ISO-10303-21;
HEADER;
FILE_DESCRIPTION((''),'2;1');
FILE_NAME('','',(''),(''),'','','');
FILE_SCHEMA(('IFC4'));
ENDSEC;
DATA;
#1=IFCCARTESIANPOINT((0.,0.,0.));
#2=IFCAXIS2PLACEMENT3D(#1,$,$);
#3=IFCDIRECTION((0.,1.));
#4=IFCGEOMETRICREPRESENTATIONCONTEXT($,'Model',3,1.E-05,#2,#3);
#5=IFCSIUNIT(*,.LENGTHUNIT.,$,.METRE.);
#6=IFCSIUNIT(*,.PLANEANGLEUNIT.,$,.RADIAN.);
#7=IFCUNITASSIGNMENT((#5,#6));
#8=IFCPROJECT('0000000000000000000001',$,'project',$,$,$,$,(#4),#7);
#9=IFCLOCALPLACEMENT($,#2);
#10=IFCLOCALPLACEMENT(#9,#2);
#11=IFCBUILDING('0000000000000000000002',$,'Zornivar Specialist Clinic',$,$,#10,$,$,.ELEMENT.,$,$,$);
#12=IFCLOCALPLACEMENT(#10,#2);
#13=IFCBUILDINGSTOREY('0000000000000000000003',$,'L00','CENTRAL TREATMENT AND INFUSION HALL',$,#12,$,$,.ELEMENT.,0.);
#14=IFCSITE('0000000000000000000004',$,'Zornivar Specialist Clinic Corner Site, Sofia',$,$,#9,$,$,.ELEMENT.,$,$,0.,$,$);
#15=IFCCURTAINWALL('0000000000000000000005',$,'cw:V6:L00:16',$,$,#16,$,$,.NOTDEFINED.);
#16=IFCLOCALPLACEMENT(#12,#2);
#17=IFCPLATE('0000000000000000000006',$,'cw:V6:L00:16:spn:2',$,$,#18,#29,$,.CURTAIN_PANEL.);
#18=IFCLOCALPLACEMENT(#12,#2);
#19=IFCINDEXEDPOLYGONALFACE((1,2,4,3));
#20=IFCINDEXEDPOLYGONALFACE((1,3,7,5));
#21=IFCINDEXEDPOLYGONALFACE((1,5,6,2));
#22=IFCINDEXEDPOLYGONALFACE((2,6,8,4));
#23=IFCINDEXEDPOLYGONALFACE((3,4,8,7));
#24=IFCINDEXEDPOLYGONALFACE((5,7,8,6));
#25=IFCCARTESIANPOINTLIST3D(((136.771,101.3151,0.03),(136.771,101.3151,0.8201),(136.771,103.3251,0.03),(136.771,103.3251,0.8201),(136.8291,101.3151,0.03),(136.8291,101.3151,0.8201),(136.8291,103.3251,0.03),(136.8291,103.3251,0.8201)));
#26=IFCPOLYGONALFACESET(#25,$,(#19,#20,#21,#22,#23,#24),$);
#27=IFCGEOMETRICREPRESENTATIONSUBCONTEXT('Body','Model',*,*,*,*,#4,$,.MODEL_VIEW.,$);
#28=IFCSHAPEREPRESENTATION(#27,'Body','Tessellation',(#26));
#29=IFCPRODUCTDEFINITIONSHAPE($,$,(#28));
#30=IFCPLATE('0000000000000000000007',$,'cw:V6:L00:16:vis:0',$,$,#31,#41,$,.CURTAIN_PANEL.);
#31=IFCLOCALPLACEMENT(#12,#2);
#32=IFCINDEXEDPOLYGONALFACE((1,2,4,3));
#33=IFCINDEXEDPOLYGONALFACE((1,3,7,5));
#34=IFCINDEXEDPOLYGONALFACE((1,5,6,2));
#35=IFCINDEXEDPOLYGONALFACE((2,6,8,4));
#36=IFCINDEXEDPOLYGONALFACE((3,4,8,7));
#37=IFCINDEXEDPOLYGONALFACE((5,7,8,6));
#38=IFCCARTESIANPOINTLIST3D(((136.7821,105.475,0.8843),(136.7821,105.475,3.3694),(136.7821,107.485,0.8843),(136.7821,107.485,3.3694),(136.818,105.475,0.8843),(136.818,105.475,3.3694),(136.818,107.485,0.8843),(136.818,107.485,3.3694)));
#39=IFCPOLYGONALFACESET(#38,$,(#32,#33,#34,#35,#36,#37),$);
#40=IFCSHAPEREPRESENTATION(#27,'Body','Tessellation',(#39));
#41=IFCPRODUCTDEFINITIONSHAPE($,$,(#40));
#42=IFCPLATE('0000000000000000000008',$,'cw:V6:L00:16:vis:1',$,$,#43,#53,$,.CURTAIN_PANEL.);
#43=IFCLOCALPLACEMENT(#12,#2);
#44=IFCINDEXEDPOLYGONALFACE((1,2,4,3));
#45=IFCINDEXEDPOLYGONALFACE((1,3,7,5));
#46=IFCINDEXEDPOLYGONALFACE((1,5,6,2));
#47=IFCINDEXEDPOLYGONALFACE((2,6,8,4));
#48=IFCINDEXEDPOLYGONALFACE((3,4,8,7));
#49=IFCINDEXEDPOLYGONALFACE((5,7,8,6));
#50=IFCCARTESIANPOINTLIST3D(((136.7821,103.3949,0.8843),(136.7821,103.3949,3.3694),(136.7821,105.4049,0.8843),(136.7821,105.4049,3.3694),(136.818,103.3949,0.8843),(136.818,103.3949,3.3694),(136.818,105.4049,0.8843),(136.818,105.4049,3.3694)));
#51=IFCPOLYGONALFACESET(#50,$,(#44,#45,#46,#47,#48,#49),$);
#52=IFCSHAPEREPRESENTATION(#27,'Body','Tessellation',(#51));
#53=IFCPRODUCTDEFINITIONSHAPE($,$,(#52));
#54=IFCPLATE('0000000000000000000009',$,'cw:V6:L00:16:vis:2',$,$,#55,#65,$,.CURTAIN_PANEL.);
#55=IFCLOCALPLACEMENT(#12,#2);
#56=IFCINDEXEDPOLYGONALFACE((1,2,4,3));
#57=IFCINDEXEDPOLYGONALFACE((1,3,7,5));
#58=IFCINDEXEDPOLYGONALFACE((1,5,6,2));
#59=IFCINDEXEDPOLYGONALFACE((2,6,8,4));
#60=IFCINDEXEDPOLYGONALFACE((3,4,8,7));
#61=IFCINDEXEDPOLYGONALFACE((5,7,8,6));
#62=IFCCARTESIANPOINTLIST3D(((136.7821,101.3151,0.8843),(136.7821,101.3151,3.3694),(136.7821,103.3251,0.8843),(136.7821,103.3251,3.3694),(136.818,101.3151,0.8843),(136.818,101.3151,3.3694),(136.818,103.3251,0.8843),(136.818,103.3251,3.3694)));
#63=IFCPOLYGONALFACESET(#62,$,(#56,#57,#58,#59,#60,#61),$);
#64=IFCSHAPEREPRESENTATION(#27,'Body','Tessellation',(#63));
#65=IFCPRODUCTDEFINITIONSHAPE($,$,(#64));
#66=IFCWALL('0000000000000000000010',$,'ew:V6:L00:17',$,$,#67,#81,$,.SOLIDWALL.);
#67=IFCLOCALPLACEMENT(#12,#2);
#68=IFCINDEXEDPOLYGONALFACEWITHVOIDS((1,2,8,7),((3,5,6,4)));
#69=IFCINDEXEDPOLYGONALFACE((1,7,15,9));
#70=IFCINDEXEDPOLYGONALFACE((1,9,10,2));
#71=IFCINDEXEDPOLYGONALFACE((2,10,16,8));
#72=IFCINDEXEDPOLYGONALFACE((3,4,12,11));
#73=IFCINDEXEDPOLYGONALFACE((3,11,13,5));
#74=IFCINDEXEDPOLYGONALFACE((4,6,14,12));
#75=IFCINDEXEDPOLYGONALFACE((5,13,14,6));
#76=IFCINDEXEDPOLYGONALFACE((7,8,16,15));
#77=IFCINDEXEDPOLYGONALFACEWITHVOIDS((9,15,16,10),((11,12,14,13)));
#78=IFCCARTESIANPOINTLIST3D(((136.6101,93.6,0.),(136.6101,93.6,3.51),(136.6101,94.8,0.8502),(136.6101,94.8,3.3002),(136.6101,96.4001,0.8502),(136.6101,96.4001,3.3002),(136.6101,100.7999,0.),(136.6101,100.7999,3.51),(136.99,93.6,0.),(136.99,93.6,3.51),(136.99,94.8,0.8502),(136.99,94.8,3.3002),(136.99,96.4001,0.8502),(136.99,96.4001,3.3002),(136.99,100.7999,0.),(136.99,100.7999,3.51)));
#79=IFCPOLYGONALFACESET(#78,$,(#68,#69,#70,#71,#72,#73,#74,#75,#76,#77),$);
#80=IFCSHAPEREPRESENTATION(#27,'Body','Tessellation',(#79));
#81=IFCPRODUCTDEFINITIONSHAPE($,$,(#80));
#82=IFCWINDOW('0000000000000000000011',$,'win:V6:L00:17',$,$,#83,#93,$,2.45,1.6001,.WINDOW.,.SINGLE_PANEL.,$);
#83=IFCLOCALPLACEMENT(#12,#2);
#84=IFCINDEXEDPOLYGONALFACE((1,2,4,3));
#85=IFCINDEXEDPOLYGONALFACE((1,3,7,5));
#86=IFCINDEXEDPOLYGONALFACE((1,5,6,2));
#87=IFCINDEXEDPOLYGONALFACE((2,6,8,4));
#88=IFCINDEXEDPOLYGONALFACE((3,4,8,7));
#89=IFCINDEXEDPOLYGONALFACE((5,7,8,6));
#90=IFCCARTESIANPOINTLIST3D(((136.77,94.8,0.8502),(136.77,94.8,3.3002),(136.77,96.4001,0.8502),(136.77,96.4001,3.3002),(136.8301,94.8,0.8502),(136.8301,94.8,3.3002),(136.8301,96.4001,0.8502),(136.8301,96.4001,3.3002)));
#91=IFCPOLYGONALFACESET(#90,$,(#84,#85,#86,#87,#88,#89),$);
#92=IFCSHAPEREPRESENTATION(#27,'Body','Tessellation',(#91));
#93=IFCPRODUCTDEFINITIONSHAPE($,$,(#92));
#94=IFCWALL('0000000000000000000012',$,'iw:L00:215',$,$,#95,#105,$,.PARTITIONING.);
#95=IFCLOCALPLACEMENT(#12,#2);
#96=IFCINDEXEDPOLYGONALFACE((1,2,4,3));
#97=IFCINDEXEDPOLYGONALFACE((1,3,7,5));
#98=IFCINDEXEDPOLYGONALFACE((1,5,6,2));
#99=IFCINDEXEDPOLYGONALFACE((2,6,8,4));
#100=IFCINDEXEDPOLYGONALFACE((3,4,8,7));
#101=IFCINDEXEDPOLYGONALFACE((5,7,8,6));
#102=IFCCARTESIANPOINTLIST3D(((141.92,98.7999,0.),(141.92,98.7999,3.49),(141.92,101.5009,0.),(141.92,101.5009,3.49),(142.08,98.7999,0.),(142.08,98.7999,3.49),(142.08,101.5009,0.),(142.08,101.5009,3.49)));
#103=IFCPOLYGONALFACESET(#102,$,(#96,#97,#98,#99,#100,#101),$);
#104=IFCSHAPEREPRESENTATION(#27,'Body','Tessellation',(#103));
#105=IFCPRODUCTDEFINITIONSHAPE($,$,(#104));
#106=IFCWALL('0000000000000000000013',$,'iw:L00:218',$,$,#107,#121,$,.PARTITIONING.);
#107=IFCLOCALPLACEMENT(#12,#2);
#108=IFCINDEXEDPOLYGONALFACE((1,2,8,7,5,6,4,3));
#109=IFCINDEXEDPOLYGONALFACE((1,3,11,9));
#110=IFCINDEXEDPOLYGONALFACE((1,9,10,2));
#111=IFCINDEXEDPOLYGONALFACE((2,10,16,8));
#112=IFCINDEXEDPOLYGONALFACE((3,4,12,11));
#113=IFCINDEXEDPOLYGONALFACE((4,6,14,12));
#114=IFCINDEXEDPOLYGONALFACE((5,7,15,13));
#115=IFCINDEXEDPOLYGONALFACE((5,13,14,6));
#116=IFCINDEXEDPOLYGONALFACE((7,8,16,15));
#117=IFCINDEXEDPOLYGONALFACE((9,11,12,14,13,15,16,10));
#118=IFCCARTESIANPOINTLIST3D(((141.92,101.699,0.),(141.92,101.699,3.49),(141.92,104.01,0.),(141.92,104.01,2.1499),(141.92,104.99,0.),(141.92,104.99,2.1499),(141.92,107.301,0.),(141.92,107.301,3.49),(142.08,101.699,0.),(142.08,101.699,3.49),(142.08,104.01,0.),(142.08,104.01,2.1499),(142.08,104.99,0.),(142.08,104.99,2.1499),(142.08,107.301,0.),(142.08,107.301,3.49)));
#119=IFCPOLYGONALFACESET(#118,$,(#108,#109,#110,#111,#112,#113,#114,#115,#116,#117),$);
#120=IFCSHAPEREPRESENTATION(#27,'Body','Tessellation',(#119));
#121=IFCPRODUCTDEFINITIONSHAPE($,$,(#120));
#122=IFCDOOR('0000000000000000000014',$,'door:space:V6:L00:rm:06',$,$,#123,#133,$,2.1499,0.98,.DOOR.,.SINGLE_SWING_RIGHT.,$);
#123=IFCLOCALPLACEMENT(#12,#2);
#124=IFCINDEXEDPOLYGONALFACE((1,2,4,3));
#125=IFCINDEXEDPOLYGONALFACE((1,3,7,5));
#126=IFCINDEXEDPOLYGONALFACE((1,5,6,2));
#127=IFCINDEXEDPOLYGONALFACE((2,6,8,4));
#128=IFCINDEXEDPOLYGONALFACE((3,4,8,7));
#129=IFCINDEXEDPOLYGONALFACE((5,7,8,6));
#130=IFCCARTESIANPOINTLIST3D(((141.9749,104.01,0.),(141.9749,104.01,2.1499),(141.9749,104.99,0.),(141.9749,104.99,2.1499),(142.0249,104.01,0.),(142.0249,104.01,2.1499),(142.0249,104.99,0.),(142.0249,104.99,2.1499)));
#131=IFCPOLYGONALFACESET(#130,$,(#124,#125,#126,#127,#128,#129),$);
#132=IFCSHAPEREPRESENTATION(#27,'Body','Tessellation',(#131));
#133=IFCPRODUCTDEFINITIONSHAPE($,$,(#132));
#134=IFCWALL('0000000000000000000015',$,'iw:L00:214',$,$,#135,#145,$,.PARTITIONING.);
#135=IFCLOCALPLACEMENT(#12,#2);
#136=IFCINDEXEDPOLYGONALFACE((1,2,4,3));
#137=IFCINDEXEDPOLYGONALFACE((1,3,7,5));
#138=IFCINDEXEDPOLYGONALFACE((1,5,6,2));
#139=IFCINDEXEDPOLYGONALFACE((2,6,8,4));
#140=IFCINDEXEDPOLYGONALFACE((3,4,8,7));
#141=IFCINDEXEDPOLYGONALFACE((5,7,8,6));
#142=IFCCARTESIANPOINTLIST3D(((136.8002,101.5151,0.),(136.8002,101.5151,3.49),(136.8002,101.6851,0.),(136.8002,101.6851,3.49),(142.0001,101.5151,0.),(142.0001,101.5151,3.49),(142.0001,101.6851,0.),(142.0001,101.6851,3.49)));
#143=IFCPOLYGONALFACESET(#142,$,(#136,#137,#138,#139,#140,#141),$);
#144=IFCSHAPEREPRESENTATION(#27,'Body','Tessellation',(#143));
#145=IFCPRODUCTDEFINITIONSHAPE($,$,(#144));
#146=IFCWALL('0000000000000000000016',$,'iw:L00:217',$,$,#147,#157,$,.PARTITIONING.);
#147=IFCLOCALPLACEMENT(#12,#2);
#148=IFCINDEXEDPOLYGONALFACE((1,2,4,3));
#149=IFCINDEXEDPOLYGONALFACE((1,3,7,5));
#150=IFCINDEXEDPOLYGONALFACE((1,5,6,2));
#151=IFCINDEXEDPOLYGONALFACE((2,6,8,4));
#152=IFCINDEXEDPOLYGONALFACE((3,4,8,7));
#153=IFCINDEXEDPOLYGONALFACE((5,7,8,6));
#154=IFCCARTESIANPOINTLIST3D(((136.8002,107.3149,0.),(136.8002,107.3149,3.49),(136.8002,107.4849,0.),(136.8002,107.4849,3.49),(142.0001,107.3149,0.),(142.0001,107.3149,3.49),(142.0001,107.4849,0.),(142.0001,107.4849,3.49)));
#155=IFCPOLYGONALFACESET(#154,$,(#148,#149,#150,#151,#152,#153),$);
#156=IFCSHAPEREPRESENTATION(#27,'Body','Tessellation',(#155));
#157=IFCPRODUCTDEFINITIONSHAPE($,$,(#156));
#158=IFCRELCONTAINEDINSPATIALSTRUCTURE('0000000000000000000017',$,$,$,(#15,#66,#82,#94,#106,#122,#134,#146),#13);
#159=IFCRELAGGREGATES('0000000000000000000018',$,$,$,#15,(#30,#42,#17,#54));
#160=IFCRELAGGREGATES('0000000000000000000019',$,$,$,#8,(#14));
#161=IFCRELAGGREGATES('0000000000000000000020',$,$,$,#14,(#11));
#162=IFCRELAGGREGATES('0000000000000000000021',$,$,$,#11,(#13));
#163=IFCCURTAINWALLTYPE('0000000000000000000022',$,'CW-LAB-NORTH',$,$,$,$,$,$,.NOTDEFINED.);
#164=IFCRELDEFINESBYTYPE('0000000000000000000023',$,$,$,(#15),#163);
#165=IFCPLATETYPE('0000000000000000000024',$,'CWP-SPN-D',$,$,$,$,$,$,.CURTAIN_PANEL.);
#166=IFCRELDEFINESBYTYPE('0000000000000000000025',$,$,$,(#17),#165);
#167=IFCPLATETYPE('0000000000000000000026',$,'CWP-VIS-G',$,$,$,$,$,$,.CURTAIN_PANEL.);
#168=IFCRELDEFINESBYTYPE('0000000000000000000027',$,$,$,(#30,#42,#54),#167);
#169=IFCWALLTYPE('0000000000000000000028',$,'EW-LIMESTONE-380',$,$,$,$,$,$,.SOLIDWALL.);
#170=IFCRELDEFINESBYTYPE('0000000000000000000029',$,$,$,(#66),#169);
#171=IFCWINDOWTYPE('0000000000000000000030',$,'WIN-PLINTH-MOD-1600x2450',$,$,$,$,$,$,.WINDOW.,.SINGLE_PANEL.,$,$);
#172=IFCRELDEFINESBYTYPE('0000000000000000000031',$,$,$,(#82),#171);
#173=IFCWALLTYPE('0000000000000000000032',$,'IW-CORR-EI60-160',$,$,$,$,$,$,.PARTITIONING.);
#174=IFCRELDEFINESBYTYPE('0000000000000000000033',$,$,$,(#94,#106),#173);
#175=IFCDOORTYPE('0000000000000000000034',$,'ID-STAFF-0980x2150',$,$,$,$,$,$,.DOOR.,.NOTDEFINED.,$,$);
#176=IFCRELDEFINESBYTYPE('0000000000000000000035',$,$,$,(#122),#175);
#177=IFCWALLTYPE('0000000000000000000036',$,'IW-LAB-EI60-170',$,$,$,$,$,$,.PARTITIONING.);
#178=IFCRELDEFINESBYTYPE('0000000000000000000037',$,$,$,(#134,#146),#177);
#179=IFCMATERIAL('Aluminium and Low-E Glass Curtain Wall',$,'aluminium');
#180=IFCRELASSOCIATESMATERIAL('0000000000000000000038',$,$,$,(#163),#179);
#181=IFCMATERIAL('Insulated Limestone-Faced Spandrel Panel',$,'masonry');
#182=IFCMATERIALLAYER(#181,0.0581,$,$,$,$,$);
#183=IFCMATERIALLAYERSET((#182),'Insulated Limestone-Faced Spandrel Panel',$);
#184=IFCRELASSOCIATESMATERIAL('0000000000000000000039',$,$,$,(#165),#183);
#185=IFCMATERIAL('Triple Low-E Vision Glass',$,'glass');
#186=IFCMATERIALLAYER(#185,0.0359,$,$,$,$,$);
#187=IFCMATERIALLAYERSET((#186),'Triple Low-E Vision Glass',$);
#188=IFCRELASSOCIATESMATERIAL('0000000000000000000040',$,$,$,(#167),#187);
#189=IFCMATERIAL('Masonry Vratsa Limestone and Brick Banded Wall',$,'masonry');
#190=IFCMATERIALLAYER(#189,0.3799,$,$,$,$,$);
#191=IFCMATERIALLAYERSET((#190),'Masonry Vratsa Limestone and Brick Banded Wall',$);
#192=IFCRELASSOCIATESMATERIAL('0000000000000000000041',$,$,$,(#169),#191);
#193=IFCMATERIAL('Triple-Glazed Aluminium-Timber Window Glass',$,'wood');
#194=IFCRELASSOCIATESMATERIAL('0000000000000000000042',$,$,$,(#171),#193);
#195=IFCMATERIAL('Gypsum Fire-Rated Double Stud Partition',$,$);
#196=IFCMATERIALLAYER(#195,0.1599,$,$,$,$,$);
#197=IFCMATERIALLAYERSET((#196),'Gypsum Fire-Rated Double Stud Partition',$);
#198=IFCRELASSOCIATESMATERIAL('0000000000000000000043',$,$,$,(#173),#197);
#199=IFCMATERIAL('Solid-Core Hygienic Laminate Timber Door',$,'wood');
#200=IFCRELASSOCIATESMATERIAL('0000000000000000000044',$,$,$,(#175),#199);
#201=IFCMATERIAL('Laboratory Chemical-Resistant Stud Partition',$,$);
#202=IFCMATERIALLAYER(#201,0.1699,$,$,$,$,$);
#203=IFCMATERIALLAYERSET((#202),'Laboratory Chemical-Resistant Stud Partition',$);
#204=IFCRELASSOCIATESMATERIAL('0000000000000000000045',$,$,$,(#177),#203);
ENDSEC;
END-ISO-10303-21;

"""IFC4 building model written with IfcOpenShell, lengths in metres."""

from ifc_helpers import new_model, si_unit, direction, frame, frame_2d, origin, origin_2d, place, context, subcontext, project, spatial, rectangle, extrude, material, layer, layer_set, type_object, element, fill, aggregate, save


model = new_model("IFC4")

# Units and contexts
model_context = context("Model", 3, precision=1e-05, world=origin(), true_north=direction((0.0, 1.0)))
body_context = subcontext(model_context, "Body", "Model", "MODEL_VIEW")
ifc_project = project(units=[si_unit("LENGTHUNIT", "METRE"), si_unit("PLANEANGLEUNIT", "RADIAN")], contexts=[model_context])

# Site, building, storey
site_placement = place(None, origin())
site = spatial("IfcSite", under=ifc_project, at=site_placement, Name="Zornivar Specialist Clinic Corner Site, Sofia", CompositionType="ELEMENT", RefElevation=0.0)
building_placement = place(site_placement, origin())
building = spatial("IfcBuilding", under=site, at=building_placement, Name="Zornivar Specialist Clinic", CompositionType="ELEMENT")
storey_placement = place(building_placement, origin())
storey = spatial("IfcBuildingStorey", under=building, at=storey_placement, Name="L00", Description="CENTRAL TREATMENT AND INFUSION HALL", CompositionType="ELEMENT", Elevation=0.0)

# Curtain wall, plates
ifc_material_1 = material(Name="Aluminium and Low-E Glass Curtain Wall", Category="aluminium")
curtain_wall_type = type_object("IfcCurtainWallType", Name="CW-LAB-NORTH", PredefinedType="NOTDEFINED", material=ifc_material_1)
curtain_wall_placement = place(storey_placement, origin())
curtain_wall = element("IfcCurtainWall", 1, at=curtain_wall_placement, inside=storey, type_object=curtain_wall_type, Name="cw:V6:L00:16", PredefinedType="NOTDEFINED")
ifc_material_2 = material(Name="Insulated Limestone-Faced Spandrel Panel", Category="masonry")
ifc_layer_1 = layer(ifc_material_2, 0.0581)
ifc_layer_set_1 = layer_set([ifc_layer_1], Name="Insulated Limestone-Faced Spandrel Panel")
plate_type_1 = type_object("IfcPlateType", Name="CWP-SPN-D", PredefinedType="CURTAIN_PANEL", material=ifc_layer_set_1)
plate_1_placement = place(storey_placement, frame((136.8, 102.3201, 0.03), z_axis=(0.0, 0.0, 1.0), x_axis=(0.0, -1.0, 0.0)))
plate_1 = element("IfcPlate", 2, at=plate_1_placement, type_object=plate_type_1, Name="cw:V6:L00:16:spn:2", PredefinedType="CURTAIN_PANEL", context=body_context, shape_type="SweptSolid", body=[
    extrude(rectangle(XDim=2.01, YDim=0.0581, at=origin_2d()), origin(), (0.0, 0.0, 1.0), 0.79),
])
ifc_material_3 = material(Name="Triple Low-E Vision Glass", Category="glass")
ifc_layer_2 = layer(ifc_material_3, 0.0359)
ifc_layer_set_2 = layer_set([ifc_layer_2], Name="Triple Low-E Vision Glass")
plate_type_2 = type_object("IfcPlateType", Name="CWP-VIS-G", PredefinedType="CURTAIN_PANEL", material=ifc_layer_set_2)
plate_2_placement = place(storey_placement, frame((136.8, 106.48, 0.8843), z_axis=(0.0, 0.0, 1.0), x_axis=(0.0, -1.0, 0.0)))
plate_2 = element("IfcPlate", 3, at=plate_2_placement, type_object=plate_type_2, Name="cw:V6:L00:16:vis:0", PredefinedType="CURTAIN_PANEL", context=body_context, shape_type="SweptSolid", body=[
    extrude(rectangle(XDim=2.01, YDim=0.0359, at=origin_2d()), origin(), (0.0, 0.0, 1.0), 2.4851),
])
plate_3_placement = place(storey_placement, frame((136.8, 104.3999, 0.8843), z_axis=(0.0, 0.0, 1.0), x_axis=(0.0, -1.0, 0.0)))
plate_3 = element("IfcPlate", 4, at=plate_3_placement, type_object=plate_type_2, Name="cw:V6:L00:16:vis:1", PredefinedType="CURTAIN_PANEL", context=body_context, shape_type="SweptSolid", body=[
    extrude(rectangle(XDim=2.01, YDim=0.0359, at=origin_2d()), origin(), (0.0, 0.0, 1.0), 2.4851),
])
plate_4_placement = place(storey_placement, frame((136.8, 102.3201, 0.8843), z_axis=(0.0, 0.0, 1.0), x_axis=(0.0, -1.0, 0.0)))
plate_4 = element("IfcPlate", 5, at=plate_4_placement, type_object=plate_type_2, Name="cw:V6:L00:16:vis:2", PredefinedType="CURTAIN_PANEL", context=body_context, shape_type="SweptSolid", body=[
    extrude(rectangle(XDim=2.01, YDim=0.0359, at=origin_2d()), origin(), (0.0, 0.0, 1.0), 2.4851),
])
aggregate(curtain_wall, [plate_2, plate_3, plate_1, plate_4])

# Wall, opening, window
ifc_material_4 = material(Name="Masonry Vratsa Limestone and Brick Banded Wall", Category="masonry")
ifc_layer_3 = layer(ifc_material_4, 0.3799)
ifc_layer_set_3 = layer_set([ifc_layer_3], Name="Masonry Vratsa Limestone and Brick Banded Wall")
wall_type_1 = type_object("IfcWallType", Name="EW-LIMESTONE-380", PredefinedType="SOLIDWALL", material=ifc_layer_set_3)
wall_1_placement = place(storey_placement, frame((136.8, 100.8, 0.0), z_axis=(0.0, 0.0, 1.0), x_axis=(0.0, -1.0, 0.0)))
wall_1 = element("IfcWall", 6, at=wall_1_placement, inside=storey, type_object=wall_type_1, Name="ew:V6:L00:17", PredefinedType="SOLIDWALL", context=body_context, shape_type="SweptSolid", body=[
    extrude(rectangle(XDim=7.2, YDim=0.3799, at=frame_2d((3.6001, 0.0))), origin(), (0.0, 0.0, 1.0), 3.51),
])
opening_1_placement = place(wall_1_placement, frame((4.3999, 0.0, 0.8501)))
opening_1 = element("IfcOpeningElement", 7, at=opening_1_placement, cuts=wall_1, PredefinedType="OPENING", context=body_context, shape_type="SweptSolid", body=[
    extrude(rectangle(XDim=1.6001, YDim=2.45, at=frame_2d((0.8, 1.2251))), frame((0.0, 0.2, 0.0), z_axis=(0.0, -1.0, 0.0), x_axis=(1.0, 0.0, 0.0)), (0.0, 0.0, 1.0), 0.3999),
])
ifc_material_5 = material(Name="Triple-Glazed Aluminium-Timber Window Glass", Category="wood")
window_type = type_object("IfcWindowType", Name="WIN-PLINTH-MOD-1600x2450", PartitioningType="SINGLE_PANEL", PredefinedType="WINDOW", material=ifc_material_5)
window_placement = place(opening_1_placement, origin())
window = element("IfcWindow", 8, at=window_placement, inside=storey, type_object=window_type, Name="win:V6:L00:17", OverallHeight=2.45, OverallWidth=1.6001, PartitioningType="SINGLE_PANEL", PredefinedType="WINDOW", context=body_context, shape_type="SweptSolid", body=[
    extrude(rectangle(XDim=1.6001, YDim=2.45, at=frame_2d((0.8, 1.2251))), frame((0.0, 0.03, 0.0), z_axis=(0.0, -1.0, 0.0), x_axis=(1.0, 0.0, 0.0)), (0.0, 0.0, 1.0), 0.0601),
])
fill(opening_1, window)

# Wall
ifc_material_6 = material(Name="Gypsum Fire-Rated Double Stud Partition")
ifc_layer_4 = layer(ifc_material_6, 0.1599)
ifc_layer_set_4 = layer_set([ifc_layer_4], Name="Gypsum Fire-Rated Double Stud Partition")
wall_type_2 = type_object("IfcWallType", Name="IW-CORR-EI60-160", PredefinedType="PARTITIONING", material=ifc_layer_set_4)
wall_2_placement = place(storey_placement, frame((142.0, 101.501, 0.0), z_axis=(0.0, 0.0, 1.0), x_axis=(0.0, -1.0, 0.0)))
element("IfcWall", 9, at=wall_2_placement, inside=storey, type_object=wall_type_2, Name="iw:L00:215", PredefinedType="PARTITIONING", context=body_context, shape_type="SweptSolid", body=[
    extrude(rectangle(XDim=2.7009, YDim=0.1599, at=frame_2d((1.3506, 0.0))), origin(), (0.0, 0.0, 1.0), 3.49),
])

# Wall, opening, door
wall_3_placement = place(storey_placement, frame((142.0, 107.301, 0.0), z_axis=(0.0, 0.0, 1.0), x_axis=(0.0, -1.0, 0.0)))
wall_3 = element("IfcWall", 10, at=wall_3_placement, inside=storey, type_object=wall_type_2, Name="iw:L00:218", PredefinedType="PARTITIONING", context=body_context, shape_type="SweptSolid", body=[
    extrude(rectangle(XDim=5.6021, YDim=0.1599, at=frame_2d((2.801, 0.0))), origin(), (0.0, 0.0, 1.0), 3.49),
])
opening_2_placement = place(wall_3_placement, frame((2.311, 0.0, 0.0)))
opening_2 = element("IfcOpeningElement", 11, at=opening_2_placement, cuts=wall_3, PredefinedType="OPENING", context=body_context, shape_type="SweptSolid", body=[
    extrude(rectangle(XDim=0.98, YDim=2.1499, at=frame_2d((0.49, 1.075))), frame((0.0, 0.0898, 0.0), z_axis=(0.0, -1.0, 0.0), x_axis=(1.0, 0.0, 0.0)), (0.0, 0.0, 1.0), 0.1799),
])
ifc_material_7 = material(Name="Solid-Core Hygienic Laminate Timber Door", Category="wood")
door_type = type_object("IfcDoorType", Name="ID-STAFF-0980x2150", OperationType="NOTDEFINED", PredefinedType="DOOR", material=ifc_material_7)
door_placement = place(opening_2_placement, origin())
door = element("IfcDoor", 12, at=door_placement, inside=storey, type_object=door_type, Name="door:space:V6:L00:rm:06", OperationType="SINGLE_SWING_RIGHT", OverallHeight=2.1499, OverallWidth=0.98, PredefinedType="DOOR", context=body_context, shape_type="SweptSolid", body=[
    extrude(rectangle(XDim=0.98, YDim=2.1499, at=frame_2d((0.49, 1.075))), frame((0.0, 0.0249, 0.0), z_axis=(0.0, -1.0, 0.0), x_axis=(1.0, 0.0, 0.0)), (0.0, 0.0, 1.0), 0.05),
])
fill(opening_2, door)

# Walls
ifc_material_8 = material(Name="Laboratory Chemical-Resistant Stud Partition")
ifc_layer_5 = layer(ifc_material_8, 0.1699)
ifc_layer_set_5 = layer_set([ifc_layer_5], Name="Laboratory Chemical-Resistant Stud Partition")
wall_type_3 = type_object("IfcWallType", Name="IW-LAB-EI60-170", PredefinedType="PARTITIONING", material=ifc_layer_set_5)
for number, where, z_axis, x_axis, name in (
    (13, (136.8, 101.6001, 0.0), (0.0, 0.0, 1.0), (1.0, 0.0, 0.0), "iw:L00:214"),
    (14, (136.8, 107.3999, 0.0), (0.0, 0.0, 1.0), (1.0, 0.0, 0.0), "iw:L00:217"),
):
    element("IfcWall", number, at=place(storey_placement, frame(where, z_axis=z_axis, x_axis=x_axis)), inside=storey, type_object=wall_type_3, Name=name, PredefinedType="PARTITIONING", context=body_context, shape_type="SweptSolid", body=[
        extrude(rectangle(XDim=5.2, YDim=0.1699, at=frame_2d((2.6001, 0.0))), origin(), (0.0, 0.0, 1.0), 3.49),
    ])

save(model, "model.ifc")
